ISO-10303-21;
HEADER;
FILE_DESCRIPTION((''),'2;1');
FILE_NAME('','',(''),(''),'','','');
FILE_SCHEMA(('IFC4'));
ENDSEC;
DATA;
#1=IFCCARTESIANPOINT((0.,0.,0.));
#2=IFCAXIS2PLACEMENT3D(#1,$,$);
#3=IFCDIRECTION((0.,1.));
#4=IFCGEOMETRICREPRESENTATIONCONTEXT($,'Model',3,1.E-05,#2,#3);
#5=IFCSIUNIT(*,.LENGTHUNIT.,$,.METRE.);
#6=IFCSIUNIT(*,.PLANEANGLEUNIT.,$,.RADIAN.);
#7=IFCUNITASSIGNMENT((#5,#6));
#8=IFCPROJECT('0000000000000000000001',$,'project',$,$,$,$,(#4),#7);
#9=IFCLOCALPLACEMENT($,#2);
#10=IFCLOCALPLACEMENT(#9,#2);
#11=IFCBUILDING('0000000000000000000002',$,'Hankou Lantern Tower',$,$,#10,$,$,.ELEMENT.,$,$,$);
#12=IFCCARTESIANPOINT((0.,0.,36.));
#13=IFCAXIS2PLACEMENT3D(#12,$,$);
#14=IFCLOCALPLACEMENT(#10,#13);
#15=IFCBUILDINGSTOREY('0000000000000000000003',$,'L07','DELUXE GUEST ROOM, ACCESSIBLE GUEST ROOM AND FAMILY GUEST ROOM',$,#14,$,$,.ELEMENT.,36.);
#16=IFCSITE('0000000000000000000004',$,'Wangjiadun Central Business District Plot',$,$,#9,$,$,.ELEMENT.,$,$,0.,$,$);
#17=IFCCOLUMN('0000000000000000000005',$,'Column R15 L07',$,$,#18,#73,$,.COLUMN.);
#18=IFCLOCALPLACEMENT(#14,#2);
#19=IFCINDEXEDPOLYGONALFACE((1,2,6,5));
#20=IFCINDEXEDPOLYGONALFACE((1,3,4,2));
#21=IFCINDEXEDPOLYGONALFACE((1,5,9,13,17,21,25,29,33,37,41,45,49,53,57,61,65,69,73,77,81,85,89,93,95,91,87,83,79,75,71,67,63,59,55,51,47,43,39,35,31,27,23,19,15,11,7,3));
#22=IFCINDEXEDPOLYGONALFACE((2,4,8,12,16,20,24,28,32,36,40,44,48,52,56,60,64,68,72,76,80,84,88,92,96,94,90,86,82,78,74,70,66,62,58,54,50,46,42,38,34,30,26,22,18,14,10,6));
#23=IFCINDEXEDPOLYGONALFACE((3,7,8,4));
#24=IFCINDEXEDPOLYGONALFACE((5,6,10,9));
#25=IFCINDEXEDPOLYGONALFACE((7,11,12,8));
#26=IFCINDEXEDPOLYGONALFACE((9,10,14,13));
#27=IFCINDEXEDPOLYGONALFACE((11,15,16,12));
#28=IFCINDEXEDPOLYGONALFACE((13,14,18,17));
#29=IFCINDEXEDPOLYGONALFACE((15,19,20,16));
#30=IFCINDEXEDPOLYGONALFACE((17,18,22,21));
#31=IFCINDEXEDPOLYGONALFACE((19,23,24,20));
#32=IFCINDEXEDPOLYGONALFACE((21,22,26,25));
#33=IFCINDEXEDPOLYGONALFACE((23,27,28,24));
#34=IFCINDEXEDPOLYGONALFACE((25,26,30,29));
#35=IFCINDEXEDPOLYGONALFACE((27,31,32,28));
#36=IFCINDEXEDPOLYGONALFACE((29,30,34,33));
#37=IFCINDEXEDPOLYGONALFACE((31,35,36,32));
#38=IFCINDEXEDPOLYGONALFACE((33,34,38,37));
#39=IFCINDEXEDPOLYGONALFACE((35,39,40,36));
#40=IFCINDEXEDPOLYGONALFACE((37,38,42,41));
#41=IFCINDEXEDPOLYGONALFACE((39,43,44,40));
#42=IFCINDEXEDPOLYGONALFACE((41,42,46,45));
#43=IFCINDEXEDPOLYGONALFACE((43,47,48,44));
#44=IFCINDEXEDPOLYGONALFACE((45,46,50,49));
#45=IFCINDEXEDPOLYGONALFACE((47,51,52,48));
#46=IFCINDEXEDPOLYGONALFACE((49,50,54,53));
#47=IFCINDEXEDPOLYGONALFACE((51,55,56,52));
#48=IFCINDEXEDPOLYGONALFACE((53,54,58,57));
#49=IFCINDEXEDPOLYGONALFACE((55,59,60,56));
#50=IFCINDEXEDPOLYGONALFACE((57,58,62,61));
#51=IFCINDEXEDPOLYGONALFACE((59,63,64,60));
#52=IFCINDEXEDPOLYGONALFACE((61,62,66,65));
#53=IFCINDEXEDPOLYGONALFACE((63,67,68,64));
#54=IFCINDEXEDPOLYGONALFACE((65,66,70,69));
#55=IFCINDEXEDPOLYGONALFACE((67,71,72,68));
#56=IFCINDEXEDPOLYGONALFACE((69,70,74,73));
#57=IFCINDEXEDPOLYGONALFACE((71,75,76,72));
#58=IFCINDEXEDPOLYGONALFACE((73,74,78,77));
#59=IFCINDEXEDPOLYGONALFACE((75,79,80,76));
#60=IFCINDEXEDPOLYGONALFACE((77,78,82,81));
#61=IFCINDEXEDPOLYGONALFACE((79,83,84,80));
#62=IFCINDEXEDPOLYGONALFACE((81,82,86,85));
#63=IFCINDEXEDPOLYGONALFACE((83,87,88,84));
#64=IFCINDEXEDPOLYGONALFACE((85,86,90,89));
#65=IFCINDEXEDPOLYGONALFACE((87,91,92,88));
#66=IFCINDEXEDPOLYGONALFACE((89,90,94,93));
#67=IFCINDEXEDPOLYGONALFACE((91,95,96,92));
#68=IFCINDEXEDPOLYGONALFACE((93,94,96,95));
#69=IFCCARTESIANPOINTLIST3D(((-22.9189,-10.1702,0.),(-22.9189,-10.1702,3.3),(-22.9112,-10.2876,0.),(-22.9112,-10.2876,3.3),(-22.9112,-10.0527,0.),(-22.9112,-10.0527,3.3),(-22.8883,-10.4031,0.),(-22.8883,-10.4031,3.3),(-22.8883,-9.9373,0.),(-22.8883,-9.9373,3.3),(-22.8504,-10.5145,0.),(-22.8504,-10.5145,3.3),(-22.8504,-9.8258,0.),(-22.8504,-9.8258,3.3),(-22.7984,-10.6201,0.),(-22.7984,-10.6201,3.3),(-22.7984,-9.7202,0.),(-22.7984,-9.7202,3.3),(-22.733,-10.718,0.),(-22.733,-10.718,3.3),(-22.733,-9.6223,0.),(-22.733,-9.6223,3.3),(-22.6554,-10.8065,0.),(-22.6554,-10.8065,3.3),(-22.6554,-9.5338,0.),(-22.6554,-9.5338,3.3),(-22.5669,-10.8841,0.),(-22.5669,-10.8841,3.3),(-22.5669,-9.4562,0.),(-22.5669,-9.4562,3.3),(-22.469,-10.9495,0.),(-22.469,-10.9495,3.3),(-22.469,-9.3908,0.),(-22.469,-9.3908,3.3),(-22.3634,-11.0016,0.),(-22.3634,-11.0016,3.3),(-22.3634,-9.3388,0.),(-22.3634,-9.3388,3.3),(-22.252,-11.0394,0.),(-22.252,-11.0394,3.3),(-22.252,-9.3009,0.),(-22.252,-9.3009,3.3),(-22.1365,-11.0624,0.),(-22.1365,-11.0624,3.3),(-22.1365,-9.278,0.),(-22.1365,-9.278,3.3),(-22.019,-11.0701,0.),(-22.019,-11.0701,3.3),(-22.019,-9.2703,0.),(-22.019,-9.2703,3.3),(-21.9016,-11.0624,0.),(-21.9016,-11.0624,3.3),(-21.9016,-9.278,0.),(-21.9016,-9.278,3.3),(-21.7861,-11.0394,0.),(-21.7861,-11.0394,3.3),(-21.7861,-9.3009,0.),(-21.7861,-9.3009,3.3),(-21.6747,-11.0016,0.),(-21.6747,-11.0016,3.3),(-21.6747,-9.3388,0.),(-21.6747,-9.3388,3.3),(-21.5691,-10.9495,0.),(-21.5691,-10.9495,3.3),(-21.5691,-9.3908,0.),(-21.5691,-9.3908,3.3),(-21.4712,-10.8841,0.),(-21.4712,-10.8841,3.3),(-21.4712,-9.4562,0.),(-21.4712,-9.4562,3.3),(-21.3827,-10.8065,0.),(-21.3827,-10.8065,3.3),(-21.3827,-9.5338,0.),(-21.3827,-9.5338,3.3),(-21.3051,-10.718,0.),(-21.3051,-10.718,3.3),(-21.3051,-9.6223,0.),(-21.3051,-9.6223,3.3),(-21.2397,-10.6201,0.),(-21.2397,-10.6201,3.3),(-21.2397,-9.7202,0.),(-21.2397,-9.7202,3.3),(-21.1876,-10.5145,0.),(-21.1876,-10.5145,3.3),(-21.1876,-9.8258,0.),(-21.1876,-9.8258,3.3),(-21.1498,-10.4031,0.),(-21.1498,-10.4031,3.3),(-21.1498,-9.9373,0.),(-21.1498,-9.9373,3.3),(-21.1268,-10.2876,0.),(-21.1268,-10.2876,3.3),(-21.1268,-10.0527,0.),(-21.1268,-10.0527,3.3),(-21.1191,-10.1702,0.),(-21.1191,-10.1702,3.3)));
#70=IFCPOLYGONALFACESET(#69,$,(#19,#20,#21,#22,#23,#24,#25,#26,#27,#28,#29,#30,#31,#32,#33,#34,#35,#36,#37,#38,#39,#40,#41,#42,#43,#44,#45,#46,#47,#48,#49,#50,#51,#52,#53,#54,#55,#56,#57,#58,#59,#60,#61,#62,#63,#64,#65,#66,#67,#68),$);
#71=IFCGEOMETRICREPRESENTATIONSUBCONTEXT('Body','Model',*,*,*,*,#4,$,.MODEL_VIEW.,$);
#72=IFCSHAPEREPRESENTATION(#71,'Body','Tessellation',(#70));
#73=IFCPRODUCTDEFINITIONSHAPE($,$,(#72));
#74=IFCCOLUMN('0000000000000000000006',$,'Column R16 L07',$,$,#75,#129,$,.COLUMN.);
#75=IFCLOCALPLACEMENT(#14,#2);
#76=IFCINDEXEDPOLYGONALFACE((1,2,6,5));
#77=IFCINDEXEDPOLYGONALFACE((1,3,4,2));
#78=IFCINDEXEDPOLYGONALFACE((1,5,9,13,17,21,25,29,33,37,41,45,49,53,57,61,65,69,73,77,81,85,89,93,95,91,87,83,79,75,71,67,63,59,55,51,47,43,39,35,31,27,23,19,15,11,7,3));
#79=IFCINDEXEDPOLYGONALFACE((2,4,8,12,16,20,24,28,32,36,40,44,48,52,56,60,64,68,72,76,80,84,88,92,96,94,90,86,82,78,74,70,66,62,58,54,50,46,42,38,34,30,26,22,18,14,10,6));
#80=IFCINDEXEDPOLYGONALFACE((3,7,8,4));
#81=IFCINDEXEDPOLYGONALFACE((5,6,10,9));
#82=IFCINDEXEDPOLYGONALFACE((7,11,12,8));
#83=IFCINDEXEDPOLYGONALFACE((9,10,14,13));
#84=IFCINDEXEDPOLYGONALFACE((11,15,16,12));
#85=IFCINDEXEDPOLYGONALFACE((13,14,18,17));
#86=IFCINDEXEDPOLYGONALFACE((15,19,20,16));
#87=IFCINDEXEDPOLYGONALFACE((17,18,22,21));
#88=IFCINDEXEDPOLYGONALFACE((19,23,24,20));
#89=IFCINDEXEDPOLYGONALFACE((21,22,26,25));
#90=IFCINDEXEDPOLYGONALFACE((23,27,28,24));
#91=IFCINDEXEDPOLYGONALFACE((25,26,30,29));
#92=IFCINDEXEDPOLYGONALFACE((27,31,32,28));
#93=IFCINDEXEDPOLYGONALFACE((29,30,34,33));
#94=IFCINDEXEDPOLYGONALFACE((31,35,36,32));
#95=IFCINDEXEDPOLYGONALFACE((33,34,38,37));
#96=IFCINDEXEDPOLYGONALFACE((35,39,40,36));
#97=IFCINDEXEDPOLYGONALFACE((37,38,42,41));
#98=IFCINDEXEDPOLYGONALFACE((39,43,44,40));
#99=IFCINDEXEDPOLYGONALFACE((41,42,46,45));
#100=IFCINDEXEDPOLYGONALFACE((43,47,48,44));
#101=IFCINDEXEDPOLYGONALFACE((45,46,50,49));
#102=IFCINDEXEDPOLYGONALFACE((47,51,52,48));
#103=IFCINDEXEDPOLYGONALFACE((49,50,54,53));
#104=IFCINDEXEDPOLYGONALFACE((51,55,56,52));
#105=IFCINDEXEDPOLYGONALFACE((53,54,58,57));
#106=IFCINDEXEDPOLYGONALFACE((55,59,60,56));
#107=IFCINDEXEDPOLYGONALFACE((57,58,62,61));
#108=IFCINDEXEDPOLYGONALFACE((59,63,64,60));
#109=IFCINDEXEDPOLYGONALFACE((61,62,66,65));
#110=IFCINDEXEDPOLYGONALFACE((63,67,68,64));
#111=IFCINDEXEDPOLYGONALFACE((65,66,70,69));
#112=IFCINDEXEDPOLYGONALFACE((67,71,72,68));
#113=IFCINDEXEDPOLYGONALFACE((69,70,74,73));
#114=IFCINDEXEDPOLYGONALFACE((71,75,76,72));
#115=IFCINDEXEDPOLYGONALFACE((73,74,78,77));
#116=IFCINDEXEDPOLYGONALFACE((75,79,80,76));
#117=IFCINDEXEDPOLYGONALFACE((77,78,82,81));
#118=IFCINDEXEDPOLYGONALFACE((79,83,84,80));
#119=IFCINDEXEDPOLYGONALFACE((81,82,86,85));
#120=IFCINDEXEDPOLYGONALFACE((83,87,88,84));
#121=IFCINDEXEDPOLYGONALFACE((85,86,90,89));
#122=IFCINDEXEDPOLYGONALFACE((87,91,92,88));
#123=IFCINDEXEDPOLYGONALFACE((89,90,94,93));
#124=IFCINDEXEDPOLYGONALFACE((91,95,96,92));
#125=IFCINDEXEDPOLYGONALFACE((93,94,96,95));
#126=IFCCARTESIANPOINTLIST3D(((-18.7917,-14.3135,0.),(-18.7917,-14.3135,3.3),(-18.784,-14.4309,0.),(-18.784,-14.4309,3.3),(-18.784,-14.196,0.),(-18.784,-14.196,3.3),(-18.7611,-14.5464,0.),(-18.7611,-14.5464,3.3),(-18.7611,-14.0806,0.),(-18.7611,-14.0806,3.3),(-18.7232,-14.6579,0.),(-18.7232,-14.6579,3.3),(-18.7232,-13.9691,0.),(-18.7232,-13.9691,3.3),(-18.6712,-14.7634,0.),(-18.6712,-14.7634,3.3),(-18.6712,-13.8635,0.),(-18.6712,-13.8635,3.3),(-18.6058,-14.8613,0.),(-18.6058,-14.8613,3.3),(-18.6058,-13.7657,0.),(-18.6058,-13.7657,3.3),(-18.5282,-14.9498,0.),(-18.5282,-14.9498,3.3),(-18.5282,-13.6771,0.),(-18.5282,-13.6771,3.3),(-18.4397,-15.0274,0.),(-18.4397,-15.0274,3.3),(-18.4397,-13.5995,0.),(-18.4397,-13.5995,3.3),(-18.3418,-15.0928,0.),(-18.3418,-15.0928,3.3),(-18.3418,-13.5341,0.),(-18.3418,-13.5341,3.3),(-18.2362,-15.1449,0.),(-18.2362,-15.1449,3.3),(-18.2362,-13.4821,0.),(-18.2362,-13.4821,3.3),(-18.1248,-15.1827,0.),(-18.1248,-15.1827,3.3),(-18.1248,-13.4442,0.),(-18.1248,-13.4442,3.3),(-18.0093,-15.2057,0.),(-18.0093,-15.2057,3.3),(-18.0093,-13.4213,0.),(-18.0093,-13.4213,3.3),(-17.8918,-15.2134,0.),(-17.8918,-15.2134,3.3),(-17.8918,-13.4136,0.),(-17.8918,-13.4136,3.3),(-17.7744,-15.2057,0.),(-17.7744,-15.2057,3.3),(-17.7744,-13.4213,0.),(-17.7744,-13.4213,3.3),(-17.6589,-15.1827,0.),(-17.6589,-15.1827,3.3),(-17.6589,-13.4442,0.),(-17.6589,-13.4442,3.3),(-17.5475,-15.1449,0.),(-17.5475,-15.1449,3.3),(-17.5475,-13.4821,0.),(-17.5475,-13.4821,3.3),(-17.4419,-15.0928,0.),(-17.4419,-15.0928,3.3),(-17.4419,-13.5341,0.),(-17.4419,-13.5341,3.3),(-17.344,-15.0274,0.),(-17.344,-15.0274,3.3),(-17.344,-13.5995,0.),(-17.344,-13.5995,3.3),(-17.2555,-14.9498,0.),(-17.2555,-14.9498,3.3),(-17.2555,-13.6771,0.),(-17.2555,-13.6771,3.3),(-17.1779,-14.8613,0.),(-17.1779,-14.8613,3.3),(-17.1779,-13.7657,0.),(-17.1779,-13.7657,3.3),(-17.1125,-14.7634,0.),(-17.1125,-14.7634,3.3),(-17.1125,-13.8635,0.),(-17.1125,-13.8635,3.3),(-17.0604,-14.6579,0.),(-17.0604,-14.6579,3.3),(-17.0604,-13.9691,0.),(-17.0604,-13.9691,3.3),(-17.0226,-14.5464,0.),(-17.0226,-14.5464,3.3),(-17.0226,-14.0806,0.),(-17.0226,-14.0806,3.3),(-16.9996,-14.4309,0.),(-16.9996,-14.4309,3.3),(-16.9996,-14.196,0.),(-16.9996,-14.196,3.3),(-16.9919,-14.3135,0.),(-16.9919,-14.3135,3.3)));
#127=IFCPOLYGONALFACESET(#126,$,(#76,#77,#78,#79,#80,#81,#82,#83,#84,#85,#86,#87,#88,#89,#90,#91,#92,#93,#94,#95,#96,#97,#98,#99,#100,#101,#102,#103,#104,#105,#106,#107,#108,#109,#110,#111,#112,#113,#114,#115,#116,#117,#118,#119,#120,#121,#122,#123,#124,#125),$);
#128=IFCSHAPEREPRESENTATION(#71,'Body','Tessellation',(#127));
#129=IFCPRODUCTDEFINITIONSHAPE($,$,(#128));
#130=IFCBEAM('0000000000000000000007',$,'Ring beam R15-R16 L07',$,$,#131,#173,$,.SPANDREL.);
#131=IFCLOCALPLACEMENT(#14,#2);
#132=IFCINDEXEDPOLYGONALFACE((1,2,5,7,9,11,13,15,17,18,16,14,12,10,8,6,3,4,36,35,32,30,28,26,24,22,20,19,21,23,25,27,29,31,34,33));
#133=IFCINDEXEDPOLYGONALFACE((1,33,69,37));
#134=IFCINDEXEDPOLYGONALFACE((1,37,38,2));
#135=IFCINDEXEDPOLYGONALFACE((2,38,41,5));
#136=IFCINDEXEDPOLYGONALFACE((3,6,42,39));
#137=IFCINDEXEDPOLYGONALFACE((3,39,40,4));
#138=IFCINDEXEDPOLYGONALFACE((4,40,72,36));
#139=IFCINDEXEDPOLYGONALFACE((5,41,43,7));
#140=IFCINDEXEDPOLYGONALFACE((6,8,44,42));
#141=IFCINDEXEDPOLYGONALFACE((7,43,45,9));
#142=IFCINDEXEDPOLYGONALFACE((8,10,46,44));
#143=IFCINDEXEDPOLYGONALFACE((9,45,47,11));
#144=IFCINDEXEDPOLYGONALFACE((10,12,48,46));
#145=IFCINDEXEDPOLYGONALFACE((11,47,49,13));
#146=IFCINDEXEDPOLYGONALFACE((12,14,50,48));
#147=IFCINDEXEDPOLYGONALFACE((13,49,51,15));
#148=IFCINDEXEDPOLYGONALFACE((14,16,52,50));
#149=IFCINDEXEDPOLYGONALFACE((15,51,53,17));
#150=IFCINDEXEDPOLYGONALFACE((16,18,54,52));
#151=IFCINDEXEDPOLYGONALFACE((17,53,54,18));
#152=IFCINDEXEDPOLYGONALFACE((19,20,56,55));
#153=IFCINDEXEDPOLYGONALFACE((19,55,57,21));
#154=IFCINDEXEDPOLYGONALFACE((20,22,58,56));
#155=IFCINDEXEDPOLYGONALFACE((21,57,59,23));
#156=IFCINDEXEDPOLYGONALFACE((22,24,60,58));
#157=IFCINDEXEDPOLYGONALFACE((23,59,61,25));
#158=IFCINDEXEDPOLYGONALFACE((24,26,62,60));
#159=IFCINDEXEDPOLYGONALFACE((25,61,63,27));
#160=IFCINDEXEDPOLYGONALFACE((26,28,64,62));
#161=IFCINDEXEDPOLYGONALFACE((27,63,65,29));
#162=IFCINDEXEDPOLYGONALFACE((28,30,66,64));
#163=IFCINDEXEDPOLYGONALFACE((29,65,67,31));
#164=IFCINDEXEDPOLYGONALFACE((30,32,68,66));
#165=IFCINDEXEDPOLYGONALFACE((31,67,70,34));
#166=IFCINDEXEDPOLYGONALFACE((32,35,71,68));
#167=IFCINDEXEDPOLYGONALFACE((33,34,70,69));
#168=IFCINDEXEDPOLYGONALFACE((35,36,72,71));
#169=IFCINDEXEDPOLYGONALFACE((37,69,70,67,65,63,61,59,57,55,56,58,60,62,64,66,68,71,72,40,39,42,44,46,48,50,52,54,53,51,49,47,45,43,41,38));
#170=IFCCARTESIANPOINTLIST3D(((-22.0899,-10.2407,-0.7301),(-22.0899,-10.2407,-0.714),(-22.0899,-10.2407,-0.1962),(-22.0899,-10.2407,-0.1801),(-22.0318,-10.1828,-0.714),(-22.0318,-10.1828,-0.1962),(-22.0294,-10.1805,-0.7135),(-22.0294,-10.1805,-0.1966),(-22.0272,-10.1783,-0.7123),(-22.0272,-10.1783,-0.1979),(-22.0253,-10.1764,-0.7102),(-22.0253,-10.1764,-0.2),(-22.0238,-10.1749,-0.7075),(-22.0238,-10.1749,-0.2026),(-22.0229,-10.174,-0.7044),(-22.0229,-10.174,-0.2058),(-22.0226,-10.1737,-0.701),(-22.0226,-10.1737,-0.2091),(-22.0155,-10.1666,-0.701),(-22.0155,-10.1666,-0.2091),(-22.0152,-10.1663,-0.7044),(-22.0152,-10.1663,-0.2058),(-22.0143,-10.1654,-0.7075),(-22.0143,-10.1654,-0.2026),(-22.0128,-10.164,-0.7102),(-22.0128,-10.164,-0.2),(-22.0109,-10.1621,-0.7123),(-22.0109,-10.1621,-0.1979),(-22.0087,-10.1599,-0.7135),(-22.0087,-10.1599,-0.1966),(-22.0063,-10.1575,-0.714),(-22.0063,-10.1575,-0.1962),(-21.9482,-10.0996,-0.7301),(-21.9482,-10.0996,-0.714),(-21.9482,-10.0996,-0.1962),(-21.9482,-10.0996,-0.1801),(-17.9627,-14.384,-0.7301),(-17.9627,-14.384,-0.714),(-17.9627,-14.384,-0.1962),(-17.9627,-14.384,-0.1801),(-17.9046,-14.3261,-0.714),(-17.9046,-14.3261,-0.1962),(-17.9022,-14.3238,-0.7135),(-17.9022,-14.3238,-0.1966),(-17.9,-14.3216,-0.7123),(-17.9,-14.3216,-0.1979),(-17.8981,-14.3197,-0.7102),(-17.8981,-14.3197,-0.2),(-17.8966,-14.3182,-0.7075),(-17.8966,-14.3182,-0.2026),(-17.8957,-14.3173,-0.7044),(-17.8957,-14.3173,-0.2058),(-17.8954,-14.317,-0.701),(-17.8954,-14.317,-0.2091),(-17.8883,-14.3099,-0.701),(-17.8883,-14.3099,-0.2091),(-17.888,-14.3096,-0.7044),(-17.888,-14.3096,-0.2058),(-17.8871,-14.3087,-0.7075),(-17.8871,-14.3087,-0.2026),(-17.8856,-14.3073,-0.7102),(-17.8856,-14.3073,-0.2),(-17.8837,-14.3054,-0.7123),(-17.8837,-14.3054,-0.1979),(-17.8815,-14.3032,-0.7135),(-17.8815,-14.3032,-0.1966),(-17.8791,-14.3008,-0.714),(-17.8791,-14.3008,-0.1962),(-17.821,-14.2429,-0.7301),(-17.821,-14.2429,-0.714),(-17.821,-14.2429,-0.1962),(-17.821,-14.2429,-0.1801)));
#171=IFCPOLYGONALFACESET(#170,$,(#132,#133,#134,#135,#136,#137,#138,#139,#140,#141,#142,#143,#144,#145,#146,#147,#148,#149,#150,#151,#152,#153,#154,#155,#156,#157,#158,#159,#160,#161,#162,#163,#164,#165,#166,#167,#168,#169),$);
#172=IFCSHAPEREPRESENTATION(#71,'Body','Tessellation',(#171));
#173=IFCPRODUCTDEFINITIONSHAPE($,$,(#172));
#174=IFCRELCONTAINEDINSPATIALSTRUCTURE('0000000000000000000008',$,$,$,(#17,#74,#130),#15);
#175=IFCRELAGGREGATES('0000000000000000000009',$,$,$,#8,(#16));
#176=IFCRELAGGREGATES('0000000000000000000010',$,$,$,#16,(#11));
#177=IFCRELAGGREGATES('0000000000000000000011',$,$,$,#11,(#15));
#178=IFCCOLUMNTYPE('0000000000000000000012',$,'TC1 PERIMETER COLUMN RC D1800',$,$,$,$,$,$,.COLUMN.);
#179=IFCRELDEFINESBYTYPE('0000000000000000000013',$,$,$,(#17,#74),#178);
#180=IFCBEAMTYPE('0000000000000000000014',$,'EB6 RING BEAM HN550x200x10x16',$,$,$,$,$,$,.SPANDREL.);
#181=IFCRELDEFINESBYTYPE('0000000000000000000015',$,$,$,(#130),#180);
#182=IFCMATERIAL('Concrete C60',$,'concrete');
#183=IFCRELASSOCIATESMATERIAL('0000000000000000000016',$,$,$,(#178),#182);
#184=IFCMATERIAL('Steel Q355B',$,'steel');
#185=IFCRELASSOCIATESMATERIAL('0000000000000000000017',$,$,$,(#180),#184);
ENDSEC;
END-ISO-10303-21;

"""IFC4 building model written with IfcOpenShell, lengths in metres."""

from ifc_helpers import new_model, si_unit, direction, frame, origin, origin_2d, place, context, subcontext, project, spatial, circle, i_section, extrude, material, material_profile, profile_set, type_object, element, save


model = new_model("IFC4")

# Units and contexts
model_context = context("Model", 3, precision=1e-05, world=origin(), true_north=direction((0.0, 1.0)))
body_context = subcontext(model_context, "Body", "Model", "MODEL_VIEW")
ifc_project = project(units=[si_unit("LENGTHUNIT", "METRE"), si_unit("PLANEANGLEUNIT", "RADIAN")], contexts=[model_context])

# Site, building, storey
site_placement = place(None, origin())
site = spatial("IfcSite", under=ifc_project, at=site_placement, Name="Wangjiadun Central Business District Plot", CompositionType="ELEMENT", RefElevation=0.0)
building_placement = place(site_placement, origin())
building = spatial("IfcBuilding", under=site, at=building_placement, Name="Hankou Lantern Tower", CompositionType="ELEMENT")
storey_placement = place(building_placement, frame((0.0, 0.0, 36.0)))
storey = spatial("IfcBuildingStorey", under=building, at=storey_placement, Name="L07", Description="DELUXE GUEST ROOM, ACCESSIBLE GUEST ROOM AND FAMILY GUEST ROOM", CompositionType="ELEMENT", Elevation=36.0)

# Columns
ifc_material_1 = material(Name="Concrete C60", Category="concrete")
ifc_material_profile_1 = material_profile(ifc_material_1, circle(Radius=0.8999, at=origin_2d()), Name="RC D1800")
ifc_profile_set_1 = profile_set([ifc_material_profile_1], Name="Concrete C60")
column_type = type_object("IfcColumnType", Name="TC1 PERIMETER COLUMN RC D1800", PredefinedType="COLUMN", material=ifc_profile_set_1)
for number, where, z_axis, x_axis, name in (
    (1, (-22.019, -10.1702, 0.0), (0.0, 0.0, 1.0), (1.0, 0.0, 0.0), "Column R15 L07"),
    (2, (-17.8918, -14.3135, 0.0), (0.0, 0.0, 1.0), (1.0, 0.0, 0.0), "Column R16 L07"),
):
    element("IfcColumn", number, at=place(storey_placement, frame(where, z_axis=z_axis, x_axis=x_axis)), inside=storey, type_object=column_type, Name=name, PredefinedType="COLUMN", context=body_context, shape_type="SweptSolid", body=[
        extrude(circle(Radius=0.8999, at=origin_2d()), origin(), (0.0, 0.0, 1.0), 3.3),
    ])

# Beam
ifc_material_2 = material(Name="Steel Q355B", Category="steel")
ifc_material_profile_2 = material_profile(ifc_material_2, i_section(OverallWidth=0.2, OverallDepth=0.55, WebThickness=0.01, FlangeThickness=0.0161, FilletRadius=0.0129, at=origin_2d()), Name="HN550x200x10x16")
ifc_profile_set_2 = profile_set([ifc_material_profile_2], Name="Steel Q355B")
beam_type_1 = type_object("IfcBeamType", Name="EB6 RING BEAM HN550x200x10x16", PredefinedType="SPANDREL", material=ifc_profile_set_2)
beam_1_placement = place(storey_placement, frame((-22.019, -10.1702, -0.4551), z_axis=(0.705728, -0.708483, 0.0), x_axis=(0.708483, 0.705728, 0.0)))
element("IfcBeam", 3, at=beam_1_placement, inside=storey, type_object=beam_type_1, Name="Ring beam R15-R16 L07", PredefinedType="SPANDREL", context=body_context, shape_type="SweptSolid", body=[
    extrude(i_section(OverallWidth=0.2, OverallDepth=0.55, WebThickness=0.01, FlangeThickness=0.0161, FilletRadius=0.0129, at=origin_2d()), origin(), (0.0, 0.0, 1.0), 5.8481),
])

save(model, "model.ifc")
